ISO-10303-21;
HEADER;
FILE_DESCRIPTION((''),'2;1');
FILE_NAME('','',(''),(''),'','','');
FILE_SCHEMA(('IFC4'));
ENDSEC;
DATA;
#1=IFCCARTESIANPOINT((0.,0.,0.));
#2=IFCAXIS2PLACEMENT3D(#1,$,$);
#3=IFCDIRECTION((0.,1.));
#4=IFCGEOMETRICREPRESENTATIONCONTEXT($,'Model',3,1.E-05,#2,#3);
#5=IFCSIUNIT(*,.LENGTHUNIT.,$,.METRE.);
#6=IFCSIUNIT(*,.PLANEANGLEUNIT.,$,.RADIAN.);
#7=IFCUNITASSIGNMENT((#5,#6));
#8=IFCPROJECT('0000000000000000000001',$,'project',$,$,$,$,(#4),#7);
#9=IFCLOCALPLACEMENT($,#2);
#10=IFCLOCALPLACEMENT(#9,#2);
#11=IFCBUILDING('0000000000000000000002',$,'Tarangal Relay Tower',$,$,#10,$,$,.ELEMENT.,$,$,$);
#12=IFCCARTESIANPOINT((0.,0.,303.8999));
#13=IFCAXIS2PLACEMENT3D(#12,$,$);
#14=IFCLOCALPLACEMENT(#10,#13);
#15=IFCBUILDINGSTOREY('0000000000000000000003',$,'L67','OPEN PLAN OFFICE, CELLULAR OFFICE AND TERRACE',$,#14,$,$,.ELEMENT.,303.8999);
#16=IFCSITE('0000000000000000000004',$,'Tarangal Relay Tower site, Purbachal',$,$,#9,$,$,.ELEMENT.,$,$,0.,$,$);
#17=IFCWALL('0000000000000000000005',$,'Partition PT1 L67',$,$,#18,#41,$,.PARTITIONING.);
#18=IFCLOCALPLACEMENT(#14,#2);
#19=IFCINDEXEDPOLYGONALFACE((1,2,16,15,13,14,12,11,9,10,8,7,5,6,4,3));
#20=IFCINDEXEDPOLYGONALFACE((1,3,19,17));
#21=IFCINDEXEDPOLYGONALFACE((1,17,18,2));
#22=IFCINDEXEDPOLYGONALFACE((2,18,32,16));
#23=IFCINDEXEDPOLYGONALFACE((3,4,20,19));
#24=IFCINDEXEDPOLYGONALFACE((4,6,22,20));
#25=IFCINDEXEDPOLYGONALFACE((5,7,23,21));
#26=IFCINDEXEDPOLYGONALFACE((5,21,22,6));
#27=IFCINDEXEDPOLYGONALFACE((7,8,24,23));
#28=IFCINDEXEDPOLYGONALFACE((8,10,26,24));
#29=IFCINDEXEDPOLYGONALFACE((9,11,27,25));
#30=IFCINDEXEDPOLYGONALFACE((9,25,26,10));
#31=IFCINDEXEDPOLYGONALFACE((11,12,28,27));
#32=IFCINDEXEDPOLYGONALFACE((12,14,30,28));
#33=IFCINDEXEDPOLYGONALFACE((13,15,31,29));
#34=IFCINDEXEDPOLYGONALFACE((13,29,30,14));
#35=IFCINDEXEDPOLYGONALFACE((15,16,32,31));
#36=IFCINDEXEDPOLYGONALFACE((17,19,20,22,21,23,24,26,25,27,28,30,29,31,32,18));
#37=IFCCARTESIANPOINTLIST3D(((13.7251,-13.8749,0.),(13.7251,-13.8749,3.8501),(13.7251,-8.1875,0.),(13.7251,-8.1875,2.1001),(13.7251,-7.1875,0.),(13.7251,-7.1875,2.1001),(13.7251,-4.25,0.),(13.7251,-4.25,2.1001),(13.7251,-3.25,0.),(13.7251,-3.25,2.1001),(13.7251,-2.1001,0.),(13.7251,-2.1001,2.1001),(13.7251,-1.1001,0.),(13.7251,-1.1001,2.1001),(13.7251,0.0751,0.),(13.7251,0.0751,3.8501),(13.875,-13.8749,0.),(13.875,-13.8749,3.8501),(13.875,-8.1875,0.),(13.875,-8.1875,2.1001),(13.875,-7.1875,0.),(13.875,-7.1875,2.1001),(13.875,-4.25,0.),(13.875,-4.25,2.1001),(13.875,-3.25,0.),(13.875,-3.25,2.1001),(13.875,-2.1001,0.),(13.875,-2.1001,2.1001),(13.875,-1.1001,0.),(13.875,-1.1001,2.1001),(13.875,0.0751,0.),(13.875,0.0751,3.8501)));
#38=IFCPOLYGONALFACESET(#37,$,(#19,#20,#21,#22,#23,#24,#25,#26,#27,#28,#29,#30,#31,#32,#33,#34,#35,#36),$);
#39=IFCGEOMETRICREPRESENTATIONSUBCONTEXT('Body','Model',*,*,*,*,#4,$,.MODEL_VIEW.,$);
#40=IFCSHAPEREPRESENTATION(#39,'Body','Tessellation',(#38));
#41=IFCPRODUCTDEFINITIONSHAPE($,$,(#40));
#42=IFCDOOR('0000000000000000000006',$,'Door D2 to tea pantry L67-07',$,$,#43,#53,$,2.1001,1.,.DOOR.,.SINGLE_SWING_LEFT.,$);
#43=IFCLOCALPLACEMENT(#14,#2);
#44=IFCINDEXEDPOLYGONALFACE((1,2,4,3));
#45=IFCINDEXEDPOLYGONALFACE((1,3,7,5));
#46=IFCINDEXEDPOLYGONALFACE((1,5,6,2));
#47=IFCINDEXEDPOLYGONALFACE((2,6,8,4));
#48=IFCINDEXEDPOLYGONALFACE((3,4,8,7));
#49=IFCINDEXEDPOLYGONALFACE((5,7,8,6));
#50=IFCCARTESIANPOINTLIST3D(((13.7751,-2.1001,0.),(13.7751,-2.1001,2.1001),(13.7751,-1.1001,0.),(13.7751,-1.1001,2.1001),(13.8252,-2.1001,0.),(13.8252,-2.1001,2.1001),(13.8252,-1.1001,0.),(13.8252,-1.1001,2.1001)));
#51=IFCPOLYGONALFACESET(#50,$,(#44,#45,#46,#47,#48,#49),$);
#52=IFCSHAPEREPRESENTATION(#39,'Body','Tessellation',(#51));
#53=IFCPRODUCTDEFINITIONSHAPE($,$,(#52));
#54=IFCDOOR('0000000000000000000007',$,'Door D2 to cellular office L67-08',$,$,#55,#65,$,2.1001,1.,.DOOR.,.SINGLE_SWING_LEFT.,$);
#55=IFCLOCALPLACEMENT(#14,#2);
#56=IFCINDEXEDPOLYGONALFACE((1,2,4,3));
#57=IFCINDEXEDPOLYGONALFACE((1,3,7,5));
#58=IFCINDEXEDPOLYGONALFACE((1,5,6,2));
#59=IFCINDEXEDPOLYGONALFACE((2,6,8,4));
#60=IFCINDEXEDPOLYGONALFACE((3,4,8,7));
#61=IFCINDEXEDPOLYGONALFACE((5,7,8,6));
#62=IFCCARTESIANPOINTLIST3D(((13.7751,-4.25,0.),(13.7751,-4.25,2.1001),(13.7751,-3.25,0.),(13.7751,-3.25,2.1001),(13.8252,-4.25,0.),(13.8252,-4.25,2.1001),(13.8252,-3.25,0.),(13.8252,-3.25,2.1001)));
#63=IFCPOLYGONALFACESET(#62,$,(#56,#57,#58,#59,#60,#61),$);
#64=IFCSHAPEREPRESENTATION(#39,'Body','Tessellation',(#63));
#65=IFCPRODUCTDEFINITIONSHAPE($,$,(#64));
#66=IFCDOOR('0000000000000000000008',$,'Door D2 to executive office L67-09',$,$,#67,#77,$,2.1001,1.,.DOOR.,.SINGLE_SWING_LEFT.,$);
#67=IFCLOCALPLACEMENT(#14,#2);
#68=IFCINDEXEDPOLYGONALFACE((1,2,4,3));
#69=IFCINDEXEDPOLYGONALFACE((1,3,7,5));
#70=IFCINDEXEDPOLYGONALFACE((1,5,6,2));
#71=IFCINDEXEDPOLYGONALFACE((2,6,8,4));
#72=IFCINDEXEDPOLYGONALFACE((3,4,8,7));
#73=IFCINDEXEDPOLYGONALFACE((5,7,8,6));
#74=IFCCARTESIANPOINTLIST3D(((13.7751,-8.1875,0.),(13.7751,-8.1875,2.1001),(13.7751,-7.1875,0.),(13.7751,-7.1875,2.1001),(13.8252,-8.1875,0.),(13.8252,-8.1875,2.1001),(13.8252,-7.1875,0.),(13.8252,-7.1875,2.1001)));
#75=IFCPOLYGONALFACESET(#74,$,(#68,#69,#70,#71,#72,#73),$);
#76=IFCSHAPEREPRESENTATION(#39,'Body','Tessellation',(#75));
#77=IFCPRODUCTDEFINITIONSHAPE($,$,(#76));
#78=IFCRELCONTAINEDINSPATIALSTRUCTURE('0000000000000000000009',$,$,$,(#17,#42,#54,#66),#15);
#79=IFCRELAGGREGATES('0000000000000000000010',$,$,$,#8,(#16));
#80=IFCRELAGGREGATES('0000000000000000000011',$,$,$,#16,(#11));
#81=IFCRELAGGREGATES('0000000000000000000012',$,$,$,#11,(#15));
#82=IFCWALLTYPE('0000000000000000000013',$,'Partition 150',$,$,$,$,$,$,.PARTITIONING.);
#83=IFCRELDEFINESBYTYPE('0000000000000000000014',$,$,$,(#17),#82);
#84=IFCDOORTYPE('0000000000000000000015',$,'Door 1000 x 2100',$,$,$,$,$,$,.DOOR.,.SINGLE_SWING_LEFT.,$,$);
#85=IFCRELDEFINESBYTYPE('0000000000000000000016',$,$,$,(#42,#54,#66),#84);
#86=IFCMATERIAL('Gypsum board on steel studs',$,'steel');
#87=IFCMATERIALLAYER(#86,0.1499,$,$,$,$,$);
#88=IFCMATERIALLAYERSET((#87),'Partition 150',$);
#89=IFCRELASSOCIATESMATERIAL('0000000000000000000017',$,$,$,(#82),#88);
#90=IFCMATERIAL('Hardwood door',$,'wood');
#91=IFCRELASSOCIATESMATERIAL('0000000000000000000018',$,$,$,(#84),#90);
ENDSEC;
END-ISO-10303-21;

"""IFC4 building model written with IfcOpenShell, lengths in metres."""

from ifc_helpers import new_model, si_unit, direction, frame, frame_2d, origin, place, context, subcontext, project, spatial, rectangle, extrude, material, layer, layer_set, type_object, element, fill, save


model = new_model("IFC4")

# Units and contexts
model_context = context("Model", 3, precision=1e-05, world=origin(), true_north=direction((0.0, 1.0)))
body_context = subcontext(model_context, "Body", "Model", "MODEL_VIEW")
ifc_project = project(units=[si_unit("LENGTHUNIT", "METRE"), si_unit("PLANEANGLEUNIT", "RADIAN")], contexts=[model_context])

# Site, building, storey
site_placement = place(None, origin())
site = spatial("IfcSite", under=ifc_project, at=site_placement, Name="Tarangal Relay Tower site, Purbachal", CompositionType="ELEMENT", RefElevation=0.0)
building_placement = place(site_placement, origin())
building = spatial("IfcBuilding", under=site, at=building_placement, Name="Tarangal Relay Tower", CompositionType="ELEMENT")
storey_placement = place(building_placement, frame((0.0, 0.0, 303.8999)))
storey = spatial("IfcBuildingStorey", under=building, at=storey_placement, Name="L67", Description="OPEN PLAN OFFICE, CELLULAR OFFICE AND TERRACE", CompositionType="ELEMENT", Elevation=303.8999)

# Wall, openings, doors
ifc_material_1 = material(Name="Gypsum board on steel studs", Category="steel")
ifc_layer_1 = layer(ifc_material_1, 0.1499)
ifc_layer_set_1 = layer_set([ifc_layer_1], Name="Partition 150")
wall_type_1 = type_object("IfcWallType", Name="Partition 150", PredefinedType="PARTITIONING", material=ifc_layer_set_1)
wall_1_placement = place(storey_placement, frame((13.8, -13.875, 0.0), z_axis=(0.0, 0.0, 1.0), x_axis=(0.0, 1.0, 0.0)))
wall_1 = element("IfcWall", 1, at=wall_1_placement, inside=storey, type_object=wall_type_1, Name="Partition PT1 L67", PredefinedType="PARTITIONING", context=body_context, shape_type="SweptSolid", body=[
    extrude(rectangle(XDim=13.95, YDim=0.1499, at=frame_2d((6.9751, 0.0))), origin(), (0.0, 0.0, 1.0), 3.8501),
])
opening_1_placement = place(wall_1_placement, frame((11.7749, 0.0, 0.0)))
opening_1 = element("IfcOpeningElement", 2, at=opening_1_placement, cuts=wall_1, PredefinedType="OPENING", context=body_context, shape_type="SweptSolid", body=[
    extrude(rectangle(XDim=1.0, YDim=2.1001, at=frame_2d((0.5, 1.05))), frame((0.0, 0.085, 0.0), z_axis=(0.0, -1.0, 0.0), x_axis=(1.0, 0.0, 0.0)), (0.0, 0.0, 1.0), 0.1699),
])
opening_2_placement = place(wall_1_placement, frame((9.625, 0.0, 0.0)))
opening_2 = element("IfcOpeningElement", 3, at=opening_2_placement, cuts=wall_1, PredefinedType="OPENING", context=body_context, shape_type="SweptSolid", body=[
    extrude(rectangle(XDim=1.0, YDim=2.1001, at=frame_2d((0.5, 1.05))), frame((0.0, 0.085, 0.0), z_axis=(0.0, -1.0, 0.0), x_axis=(1.0, 0.0, 0.0)), (0.0, 0.0, 1.0), 0.1699),
])
opening_3_placement = place(wall_1_placement, frame((5.6875, 0.0, 0.0)))
opening_3 = element("IfcOpeningElement", 4, at=opening_3_placement, cuts=wall_1, PredefinedType="OPENING", context=body_context, shape_type="SweptSolid", body=[
    extrude(rectangle(XDim=1.0, YDim=2.1001, at=frame_2d((0.5, 1.05))), frame((0.0, 0.085, 0.0), z_axis=(0.0, -1.0, 0.0), x_axis=(1.0, 0.0, 0.0)), (0.0, 0.0, 1.0), 0.1699),
])
ifc_material_2 = material(Name="Hardwood door", Category="wood")
door_type_1 = type_object("IfcDoorType", Name="Door 1000 x 2100", OperationType="SINGLE_SWING_LEFT", PredefinedType="DOOR", material=ifc_material_2)
door_1_placement = place(opening_1_placement, origin())
door_1 = element("IfcDoor", 5, at=door_1_placement, inside=storey, type_object=door_type_1, Name="Door D2 to tea pantry L67-07", OperationType="SINGLE_SWING_LEFT", OverallHeight=2.1001, OverallWidth=1.0, PredefinedType="DOOR", context=body_context, shape_type="SweptSolid", body=[
    extrude(rectangle(XDim=1.0, YDim=2.1001, at=frame_2d((0.5, 1.05))), frame((0.0, 0.0249, 0.0), z_axis=(0.0, -1.0, 0.0), x_axis=(1.0, 0.0, 0.0)), (0.0, 0.0, 1.0), 0.05),
])
fill(opening_1, door_1)
door_2_placement = place(opening_2_placement, origin())
door_2 = element("IfcDoor", 6, at=door_2_placement, inside=storey, type_object=door_type_1, Name="Door D2 to cellular office L67-08", OperationType="SINGLE_SWING_LEFT", OverallHeight=2.1001, OverallWidth=1.0, PredefinedType="DOOR", context=body_context, shape_type="SweptSolid", body=[
    extrude(rectangle(XDim=1.0, YDim=2.1001, at=frame_2d((0.5, 1.05))), frame((0.0, 0.0249, 0.0), z_axis=(0.0, -1.0, 0.0), x_axis=(1.0, 0.0, 0.0)), (0.0, 0.0, 1.0), 0.05),
])
fill(opening_2, door_2)
door_3_placement = place(opening_3_placement, origin())
door_3 = element("IfcDoor", 7, at=door_3_placement, inside=storey, type_object=door_type_1, Name="Door D2 to executive office L67-09", OperationType="SINGLE_SWING_LEFT", OverallHeight=2.1001, OverallWidth=1.0, PredefinedType="DOOR", context=body_context, shape_type="SweptSolid", body=[
    extrude(rectangle(XDim=1.0, YDim=2.1001, at=frame_2d((0.5, 1.05))), frame((0.0, 0.0249, 0.0), z_axis=(0.0, -1.0, 0.0), x_axis=(1.0, 0.0, 0.0)), (0.0, 0.0, 1.0), 0.05),
])
fill(opening_3, door_3)

save(model, "model.ifc")
